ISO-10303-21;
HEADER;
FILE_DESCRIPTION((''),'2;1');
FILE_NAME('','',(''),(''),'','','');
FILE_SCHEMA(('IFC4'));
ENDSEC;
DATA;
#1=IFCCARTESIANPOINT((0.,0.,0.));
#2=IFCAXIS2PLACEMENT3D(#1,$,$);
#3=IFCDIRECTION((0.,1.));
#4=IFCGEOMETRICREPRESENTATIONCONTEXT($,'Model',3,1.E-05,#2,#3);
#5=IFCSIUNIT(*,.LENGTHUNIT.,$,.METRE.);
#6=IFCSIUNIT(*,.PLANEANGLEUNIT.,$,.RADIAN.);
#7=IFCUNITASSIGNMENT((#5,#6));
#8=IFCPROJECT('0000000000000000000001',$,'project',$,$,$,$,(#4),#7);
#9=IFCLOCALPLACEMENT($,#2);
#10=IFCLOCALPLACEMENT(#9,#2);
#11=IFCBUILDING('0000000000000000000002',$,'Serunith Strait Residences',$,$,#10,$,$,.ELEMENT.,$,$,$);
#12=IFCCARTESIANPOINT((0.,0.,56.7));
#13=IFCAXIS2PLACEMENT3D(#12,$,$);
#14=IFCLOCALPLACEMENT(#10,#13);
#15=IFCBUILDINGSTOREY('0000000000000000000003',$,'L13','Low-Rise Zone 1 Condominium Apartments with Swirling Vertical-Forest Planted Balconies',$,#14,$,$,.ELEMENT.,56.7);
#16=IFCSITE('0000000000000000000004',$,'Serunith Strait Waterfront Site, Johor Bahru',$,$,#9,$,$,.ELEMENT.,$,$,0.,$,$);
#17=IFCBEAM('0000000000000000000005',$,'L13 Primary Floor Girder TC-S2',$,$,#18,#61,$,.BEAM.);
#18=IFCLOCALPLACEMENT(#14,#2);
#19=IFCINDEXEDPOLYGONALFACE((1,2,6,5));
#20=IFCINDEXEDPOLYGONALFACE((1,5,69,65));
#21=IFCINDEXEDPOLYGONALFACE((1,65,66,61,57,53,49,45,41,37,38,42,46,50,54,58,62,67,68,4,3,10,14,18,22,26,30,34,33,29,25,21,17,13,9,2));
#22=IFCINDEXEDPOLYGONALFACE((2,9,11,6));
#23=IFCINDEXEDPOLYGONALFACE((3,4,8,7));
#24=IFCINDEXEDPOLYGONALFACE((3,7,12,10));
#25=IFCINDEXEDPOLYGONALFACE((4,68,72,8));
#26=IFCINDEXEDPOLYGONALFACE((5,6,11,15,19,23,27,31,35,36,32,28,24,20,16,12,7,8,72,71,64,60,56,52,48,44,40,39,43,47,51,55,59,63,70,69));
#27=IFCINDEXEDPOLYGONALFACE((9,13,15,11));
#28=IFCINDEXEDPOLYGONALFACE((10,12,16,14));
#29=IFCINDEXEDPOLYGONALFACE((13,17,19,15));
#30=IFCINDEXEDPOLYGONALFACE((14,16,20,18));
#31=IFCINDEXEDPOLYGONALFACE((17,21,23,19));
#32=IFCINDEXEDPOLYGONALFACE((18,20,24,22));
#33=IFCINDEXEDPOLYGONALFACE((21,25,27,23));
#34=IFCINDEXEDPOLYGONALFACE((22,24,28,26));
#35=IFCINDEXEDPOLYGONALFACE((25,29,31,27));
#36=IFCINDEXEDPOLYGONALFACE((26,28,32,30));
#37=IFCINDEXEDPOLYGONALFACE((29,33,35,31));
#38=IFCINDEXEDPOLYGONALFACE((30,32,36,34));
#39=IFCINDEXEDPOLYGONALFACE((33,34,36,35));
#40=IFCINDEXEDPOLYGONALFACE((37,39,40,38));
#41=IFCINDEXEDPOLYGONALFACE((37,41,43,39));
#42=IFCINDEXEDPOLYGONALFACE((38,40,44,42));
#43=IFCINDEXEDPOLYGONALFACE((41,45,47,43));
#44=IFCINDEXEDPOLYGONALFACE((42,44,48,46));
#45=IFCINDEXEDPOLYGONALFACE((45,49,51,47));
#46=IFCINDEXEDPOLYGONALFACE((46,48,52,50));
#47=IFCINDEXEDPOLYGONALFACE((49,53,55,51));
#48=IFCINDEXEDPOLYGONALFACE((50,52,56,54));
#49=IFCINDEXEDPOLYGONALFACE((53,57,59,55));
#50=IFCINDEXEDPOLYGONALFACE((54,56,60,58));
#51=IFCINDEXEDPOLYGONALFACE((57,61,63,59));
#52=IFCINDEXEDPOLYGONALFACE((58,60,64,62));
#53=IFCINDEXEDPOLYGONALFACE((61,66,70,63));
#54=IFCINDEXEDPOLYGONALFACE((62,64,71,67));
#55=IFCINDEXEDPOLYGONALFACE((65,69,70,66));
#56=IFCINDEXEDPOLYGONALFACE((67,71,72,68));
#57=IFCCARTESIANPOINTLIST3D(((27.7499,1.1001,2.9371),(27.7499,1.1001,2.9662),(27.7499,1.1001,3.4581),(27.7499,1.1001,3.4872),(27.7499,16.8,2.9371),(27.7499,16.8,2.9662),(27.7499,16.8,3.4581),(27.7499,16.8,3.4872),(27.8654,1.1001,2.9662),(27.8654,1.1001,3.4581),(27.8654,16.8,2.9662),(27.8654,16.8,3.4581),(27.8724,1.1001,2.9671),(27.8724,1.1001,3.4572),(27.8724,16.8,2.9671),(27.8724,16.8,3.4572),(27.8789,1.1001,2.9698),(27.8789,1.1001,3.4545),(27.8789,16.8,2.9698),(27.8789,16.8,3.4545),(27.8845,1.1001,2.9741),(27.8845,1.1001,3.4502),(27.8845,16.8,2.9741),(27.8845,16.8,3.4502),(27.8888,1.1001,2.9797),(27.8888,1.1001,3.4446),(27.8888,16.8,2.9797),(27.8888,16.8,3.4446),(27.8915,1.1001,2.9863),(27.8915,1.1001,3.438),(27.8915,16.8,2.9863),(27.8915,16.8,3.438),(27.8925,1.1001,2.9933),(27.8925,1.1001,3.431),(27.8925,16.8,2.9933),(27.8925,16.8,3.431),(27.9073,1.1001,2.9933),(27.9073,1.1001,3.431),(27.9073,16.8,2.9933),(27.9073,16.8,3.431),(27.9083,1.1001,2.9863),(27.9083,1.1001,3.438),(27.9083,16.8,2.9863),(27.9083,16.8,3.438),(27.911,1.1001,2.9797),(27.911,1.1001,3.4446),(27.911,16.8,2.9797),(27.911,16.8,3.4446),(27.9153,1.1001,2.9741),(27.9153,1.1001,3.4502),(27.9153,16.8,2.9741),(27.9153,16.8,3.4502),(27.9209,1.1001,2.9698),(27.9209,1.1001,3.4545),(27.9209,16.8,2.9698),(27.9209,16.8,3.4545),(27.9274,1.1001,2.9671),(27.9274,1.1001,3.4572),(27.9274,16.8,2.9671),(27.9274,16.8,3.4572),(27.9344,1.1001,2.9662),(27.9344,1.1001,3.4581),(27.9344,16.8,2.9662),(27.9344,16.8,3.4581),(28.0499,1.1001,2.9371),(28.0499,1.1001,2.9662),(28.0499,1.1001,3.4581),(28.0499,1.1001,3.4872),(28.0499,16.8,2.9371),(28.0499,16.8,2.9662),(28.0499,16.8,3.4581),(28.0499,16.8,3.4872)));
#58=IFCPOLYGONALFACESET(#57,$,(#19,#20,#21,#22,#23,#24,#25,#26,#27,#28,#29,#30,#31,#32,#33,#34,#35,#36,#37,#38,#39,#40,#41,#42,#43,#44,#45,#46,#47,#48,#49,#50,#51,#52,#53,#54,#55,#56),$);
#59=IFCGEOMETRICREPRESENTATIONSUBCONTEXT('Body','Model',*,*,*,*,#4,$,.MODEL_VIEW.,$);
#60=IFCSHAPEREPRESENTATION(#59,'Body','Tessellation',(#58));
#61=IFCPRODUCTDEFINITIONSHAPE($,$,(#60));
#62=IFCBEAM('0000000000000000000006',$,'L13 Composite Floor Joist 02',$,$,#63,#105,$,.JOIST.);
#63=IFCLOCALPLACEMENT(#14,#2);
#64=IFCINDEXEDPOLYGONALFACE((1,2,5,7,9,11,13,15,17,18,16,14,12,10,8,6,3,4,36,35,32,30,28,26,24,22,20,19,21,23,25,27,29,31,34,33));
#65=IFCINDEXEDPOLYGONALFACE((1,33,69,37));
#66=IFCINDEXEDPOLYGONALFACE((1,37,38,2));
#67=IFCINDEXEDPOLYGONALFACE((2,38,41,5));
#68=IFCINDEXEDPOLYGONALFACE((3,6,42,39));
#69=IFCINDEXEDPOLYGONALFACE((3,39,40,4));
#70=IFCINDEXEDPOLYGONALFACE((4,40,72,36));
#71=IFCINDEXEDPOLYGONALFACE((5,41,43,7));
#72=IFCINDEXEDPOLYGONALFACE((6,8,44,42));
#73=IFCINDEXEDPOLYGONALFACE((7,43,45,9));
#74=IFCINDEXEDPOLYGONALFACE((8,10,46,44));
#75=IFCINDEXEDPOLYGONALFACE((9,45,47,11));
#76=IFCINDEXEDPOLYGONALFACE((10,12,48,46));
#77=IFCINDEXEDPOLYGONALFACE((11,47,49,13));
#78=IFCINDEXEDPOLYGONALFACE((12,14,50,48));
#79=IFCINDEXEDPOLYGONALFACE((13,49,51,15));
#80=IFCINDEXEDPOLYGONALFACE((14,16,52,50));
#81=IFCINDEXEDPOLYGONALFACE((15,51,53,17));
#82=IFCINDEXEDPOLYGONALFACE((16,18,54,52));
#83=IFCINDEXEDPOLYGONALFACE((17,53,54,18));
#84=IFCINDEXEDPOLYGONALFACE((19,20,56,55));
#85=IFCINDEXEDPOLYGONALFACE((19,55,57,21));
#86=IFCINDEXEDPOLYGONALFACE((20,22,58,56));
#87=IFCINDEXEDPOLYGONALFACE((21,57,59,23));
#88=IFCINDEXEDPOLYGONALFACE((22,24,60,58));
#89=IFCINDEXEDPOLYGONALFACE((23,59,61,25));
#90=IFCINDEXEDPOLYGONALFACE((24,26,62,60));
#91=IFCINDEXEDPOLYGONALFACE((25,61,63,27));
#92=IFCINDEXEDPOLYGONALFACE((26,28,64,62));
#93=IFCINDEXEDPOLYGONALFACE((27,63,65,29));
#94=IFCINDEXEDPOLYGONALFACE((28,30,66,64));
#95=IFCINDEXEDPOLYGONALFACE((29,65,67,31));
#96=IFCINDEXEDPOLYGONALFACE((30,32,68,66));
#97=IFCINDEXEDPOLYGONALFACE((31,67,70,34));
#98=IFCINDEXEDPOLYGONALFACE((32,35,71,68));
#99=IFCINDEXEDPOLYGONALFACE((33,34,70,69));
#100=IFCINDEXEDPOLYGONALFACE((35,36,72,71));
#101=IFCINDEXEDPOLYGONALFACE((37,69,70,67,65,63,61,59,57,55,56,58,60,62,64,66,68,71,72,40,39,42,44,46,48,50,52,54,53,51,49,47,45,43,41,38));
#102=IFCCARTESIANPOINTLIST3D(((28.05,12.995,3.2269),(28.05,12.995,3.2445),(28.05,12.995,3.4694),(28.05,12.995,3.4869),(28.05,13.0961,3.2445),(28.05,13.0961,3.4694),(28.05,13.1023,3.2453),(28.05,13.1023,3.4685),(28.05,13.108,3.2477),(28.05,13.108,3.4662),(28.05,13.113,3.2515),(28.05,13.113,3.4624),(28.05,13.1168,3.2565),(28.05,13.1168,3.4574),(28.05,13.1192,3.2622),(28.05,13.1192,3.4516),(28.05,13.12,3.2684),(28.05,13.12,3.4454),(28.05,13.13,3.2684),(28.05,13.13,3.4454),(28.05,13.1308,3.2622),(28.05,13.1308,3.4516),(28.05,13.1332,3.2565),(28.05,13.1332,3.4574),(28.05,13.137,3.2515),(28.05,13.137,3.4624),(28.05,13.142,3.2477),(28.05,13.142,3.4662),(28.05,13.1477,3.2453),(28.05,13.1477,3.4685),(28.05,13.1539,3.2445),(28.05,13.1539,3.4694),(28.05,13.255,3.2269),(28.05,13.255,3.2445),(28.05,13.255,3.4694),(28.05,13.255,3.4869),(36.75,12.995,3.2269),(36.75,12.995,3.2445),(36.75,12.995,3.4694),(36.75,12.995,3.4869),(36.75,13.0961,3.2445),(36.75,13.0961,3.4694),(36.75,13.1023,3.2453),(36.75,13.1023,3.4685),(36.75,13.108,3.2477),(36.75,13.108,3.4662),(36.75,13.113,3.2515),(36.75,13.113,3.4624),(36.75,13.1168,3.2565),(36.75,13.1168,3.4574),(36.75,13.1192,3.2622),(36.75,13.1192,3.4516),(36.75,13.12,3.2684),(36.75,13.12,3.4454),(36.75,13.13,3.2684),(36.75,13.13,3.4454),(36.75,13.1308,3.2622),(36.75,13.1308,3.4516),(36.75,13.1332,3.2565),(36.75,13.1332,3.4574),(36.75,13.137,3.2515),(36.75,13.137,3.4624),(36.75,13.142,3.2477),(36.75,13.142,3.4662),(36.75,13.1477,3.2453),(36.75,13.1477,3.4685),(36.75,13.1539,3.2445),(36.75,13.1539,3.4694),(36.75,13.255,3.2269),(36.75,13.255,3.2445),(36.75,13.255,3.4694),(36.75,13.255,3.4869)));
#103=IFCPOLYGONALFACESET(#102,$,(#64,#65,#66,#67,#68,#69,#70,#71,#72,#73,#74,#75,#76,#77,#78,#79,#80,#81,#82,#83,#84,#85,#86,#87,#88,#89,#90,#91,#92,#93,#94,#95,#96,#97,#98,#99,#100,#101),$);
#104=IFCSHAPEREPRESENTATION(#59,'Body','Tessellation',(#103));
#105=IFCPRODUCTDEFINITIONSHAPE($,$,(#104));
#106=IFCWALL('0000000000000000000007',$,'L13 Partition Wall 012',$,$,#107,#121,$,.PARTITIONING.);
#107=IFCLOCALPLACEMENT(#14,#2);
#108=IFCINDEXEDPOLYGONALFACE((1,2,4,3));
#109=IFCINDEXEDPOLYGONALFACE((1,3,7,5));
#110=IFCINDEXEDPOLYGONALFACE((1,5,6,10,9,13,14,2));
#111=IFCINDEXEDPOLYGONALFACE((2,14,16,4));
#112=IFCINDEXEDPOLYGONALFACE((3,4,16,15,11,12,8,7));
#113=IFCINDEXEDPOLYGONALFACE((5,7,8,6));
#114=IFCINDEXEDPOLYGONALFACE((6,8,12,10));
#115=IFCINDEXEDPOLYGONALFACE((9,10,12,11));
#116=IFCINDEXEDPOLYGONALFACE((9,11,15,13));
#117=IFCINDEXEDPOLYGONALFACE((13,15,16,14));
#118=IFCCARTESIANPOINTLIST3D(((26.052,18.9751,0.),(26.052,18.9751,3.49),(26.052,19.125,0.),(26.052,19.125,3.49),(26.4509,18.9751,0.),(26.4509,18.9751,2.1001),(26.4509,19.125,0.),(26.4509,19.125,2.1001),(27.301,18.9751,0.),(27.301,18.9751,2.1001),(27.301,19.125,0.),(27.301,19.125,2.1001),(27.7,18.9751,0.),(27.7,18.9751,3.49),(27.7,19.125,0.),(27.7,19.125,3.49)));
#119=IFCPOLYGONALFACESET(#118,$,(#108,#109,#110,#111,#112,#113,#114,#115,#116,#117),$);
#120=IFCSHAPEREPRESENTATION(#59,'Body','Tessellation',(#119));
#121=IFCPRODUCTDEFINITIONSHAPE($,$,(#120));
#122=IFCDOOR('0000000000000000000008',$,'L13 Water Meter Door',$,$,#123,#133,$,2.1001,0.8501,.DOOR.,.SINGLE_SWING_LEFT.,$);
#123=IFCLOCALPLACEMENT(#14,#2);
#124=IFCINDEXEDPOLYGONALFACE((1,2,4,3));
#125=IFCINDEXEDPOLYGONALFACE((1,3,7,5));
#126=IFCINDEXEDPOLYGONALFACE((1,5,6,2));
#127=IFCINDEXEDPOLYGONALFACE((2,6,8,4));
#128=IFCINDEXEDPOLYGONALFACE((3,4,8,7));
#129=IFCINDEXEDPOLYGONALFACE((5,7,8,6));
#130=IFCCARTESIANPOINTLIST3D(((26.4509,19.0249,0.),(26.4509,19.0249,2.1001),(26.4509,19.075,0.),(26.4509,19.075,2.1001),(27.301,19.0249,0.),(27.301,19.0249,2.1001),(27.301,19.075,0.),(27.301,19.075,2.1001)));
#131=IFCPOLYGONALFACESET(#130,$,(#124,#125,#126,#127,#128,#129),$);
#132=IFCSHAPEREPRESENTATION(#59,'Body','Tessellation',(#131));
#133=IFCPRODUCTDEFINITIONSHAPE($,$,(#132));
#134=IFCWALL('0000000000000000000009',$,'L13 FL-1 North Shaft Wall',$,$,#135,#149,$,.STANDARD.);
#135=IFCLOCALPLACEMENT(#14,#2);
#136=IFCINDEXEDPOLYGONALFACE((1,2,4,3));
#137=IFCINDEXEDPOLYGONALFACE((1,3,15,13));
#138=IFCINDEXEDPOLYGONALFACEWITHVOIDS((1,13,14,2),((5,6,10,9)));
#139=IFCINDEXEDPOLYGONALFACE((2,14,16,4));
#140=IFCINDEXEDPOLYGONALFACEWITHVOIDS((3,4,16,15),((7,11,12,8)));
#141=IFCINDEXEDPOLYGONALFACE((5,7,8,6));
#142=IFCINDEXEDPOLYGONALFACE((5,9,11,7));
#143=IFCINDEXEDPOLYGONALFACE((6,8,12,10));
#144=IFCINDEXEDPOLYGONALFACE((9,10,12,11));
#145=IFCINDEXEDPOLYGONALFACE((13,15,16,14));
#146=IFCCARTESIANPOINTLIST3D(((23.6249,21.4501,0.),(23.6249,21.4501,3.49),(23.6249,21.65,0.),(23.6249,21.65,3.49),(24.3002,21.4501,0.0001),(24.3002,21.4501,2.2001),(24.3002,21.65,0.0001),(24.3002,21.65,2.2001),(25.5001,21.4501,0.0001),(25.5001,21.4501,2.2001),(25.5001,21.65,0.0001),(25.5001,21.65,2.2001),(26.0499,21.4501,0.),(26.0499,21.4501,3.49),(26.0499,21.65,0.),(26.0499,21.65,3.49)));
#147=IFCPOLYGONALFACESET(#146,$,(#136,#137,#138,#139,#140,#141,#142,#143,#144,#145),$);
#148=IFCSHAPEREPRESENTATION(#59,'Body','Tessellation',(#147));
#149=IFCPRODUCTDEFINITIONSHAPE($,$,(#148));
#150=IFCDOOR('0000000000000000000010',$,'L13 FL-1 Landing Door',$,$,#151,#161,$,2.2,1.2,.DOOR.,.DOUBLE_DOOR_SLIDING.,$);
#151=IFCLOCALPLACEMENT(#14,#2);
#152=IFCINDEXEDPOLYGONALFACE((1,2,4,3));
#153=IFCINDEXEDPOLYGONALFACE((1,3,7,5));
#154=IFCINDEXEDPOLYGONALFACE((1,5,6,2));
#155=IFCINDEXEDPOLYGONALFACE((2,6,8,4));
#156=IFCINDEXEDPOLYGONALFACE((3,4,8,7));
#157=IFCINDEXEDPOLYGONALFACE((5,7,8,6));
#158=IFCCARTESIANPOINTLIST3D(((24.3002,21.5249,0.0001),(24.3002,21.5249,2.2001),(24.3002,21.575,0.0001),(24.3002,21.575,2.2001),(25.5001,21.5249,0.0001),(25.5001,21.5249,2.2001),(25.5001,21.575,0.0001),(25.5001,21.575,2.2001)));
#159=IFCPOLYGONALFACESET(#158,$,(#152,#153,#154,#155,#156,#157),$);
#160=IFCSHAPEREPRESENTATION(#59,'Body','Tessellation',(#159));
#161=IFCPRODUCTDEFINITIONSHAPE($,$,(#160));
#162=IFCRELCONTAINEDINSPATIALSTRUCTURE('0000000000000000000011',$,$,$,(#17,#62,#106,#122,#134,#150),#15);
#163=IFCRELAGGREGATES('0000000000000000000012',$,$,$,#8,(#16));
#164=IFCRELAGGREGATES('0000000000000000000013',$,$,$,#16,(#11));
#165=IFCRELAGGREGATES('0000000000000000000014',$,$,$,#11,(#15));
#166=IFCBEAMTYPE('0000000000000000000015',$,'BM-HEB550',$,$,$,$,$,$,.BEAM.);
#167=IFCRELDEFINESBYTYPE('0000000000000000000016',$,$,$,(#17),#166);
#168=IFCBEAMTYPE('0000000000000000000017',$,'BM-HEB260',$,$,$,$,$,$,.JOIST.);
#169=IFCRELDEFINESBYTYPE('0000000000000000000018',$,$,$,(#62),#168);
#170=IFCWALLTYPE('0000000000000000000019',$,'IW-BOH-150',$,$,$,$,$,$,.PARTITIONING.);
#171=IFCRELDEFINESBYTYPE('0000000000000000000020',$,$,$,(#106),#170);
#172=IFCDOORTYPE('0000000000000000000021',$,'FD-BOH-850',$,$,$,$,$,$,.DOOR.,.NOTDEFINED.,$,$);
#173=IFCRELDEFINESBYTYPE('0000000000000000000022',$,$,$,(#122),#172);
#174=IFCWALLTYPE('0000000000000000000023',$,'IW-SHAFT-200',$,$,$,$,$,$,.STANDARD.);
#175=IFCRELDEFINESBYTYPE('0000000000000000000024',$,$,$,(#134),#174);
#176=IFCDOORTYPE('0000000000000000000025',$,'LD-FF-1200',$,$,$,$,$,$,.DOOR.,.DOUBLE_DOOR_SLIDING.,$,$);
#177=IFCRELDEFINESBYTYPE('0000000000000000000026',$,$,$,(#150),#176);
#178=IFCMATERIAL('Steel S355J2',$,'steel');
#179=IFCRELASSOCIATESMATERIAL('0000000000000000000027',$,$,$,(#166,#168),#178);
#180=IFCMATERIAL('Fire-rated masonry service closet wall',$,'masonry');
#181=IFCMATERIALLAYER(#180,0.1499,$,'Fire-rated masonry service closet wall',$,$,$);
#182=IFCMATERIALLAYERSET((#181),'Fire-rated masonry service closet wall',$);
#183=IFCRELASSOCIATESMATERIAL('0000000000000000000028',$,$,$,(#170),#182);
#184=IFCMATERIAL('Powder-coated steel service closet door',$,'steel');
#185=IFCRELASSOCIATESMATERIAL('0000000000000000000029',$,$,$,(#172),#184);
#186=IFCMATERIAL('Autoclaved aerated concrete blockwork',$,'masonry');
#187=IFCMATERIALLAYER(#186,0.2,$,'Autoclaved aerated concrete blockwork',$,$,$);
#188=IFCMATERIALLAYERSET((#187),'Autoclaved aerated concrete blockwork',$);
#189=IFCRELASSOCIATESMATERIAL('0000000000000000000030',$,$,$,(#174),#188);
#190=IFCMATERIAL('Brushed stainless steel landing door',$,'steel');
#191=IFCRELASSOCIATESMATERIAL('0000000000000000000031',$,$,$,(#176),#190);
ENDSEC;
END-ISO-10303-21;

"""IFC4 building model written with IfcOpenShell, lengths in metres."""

from ifc_helpers import new_model, si_unit, direction, frame, frame_2d, origin, origin_2d, place, context, subcontext, project, spatial, rectangle, i_section, extrude, source, transform, mapped, material, layer, layer_set, material_profile, profile_set, type_object, element, fill, save


model = new_model("IFC4")

# Units and contexts
model_context = context("Model", 3, precision=1e-05, world=origin(), true_north=direction((0.0, 1.0)))
body_context = subcontext(model_context, "Body", "Model", "MODEL_VIEW")
ifc_project = project(units=[si_unit("LENGTHUNIT", "METRE"), si_unit("PLANEANGLEUNIT", "RADIAN")], contexts=[model_context])

# Site, building, storey
site_placement = place(None, origin())
site = spatial("IfcSite", under=ifc_project, at=site_placement, Name="Serunith Strait Waterfront Site, Johor Bahru", CompositionType="ELEMENT", RefElevation=0.0)
building_placement = place(site_placement, origin())
building = spatial("IfcBuilding", under=site, at=building_placement, Name="Serunith Strait Residences", CompositionType="ELEMENT")
storey_placement = place(building_placement, frame((0.0, 0.0, 56.7)))
storey = spatial("IfcBuildingStorey", under=building, at=storey_placement, Name="L13", Description="Low-Rise Zone 1 Condominium Apartments with Swirling Vertical-Forest Planted Balconies", CompositionType="ELEMENT", Elevation=56.7)

# Beams
ifc_material_1 = material(Name="Steel S355J2", Category="steel")
ifc_material_profile_1 = material_profile(ifc_material_1, i_section(OverallWidth=0.3, OverallDepth=0.55, WebThickness=0.0149, FlangeThickness=0.0291, FilletRadius=0.0271, at=origin_2d()), Name="HEB 550")
ifc_profile_set_1 = profile_set([ifc_material_profile_1], Name="Steel S355J2")
beam_type_1 = type_object("IfcBeamType", Name="BM-HEB550", PredefinedType="BEAM", material=ifc_profile_set_1)
shared_shape_1 = source(origin(), body_context, "Body", "SweptSolid", [
    extrude(i_section(OverallWidth=0.3, OverallDepth=0.55, WebThickness=0.0149, FlangeThickness=0.0291, FilletRadius=0.0271, at=origin_2d()), origin(), (0.0, 0.0, 1.0), 15.7),
])
beam_1_placement = place(storey_placement, frame((27.8999, 16.8, 3.2122), z_axis=(0.0, -1.0, 0.0), x_axis=(1.0, 0.0, 0.0)))
element("IfcBeam", 1, at=beam_1_placement, inside=storey, type_object=beam_type_1, Name="L13 Primary Floor Girder TC-S2", PredefinedType="BEAM", context=body_context, shape_type="MappedRepresentation", body=[
    mapped(shared_shape_1, transform((0.0, 0.0, 0.0), scale=1.0)),
])
ifc_material_profile_2 = material_profile(ifc_material_1, i_section(OverallWidth=0.26, OverallDepth=0.26, WebThickness=0.01, FlangeThickness=0.0176, FilletRadius=0.0239, at=origin_2d()), Name="HEB 260")
ifc_profile_set_2 = profile_set([ifc_material_profile_2], Name="Steel S355J2")
beam_type_2 = type_object("IfcBeamType", Name="BM-HEB260", PredefinedType="JOIST", material=ifc_profile_set_2)
shared_shape_2 = source(origin(), body_context, "Body", "SweptSolid", [
    extrude(i_section(OverallWidth=0.26, OverallDepth=0.26, WebThickness=0.01, FlangeThickness=0.0176, FilletRadius=0.0239, at=origin_2d()), origin(), (0.0, 0.0, 1.0), 8.7),
])
beam_2_placement = place(storey_placement, frame((28.05, 13.125, 3.3569), z_axis=(1.0, 0.0, 0.0), x_axis=(0.0, 1.0, 0.0)))
element("IfcBeam", 2, at=beam_2_placement, inside=storey, type_object=beam_type_2, Name="L13 Composite Floor Joist 02", PredefinedType="JOIST", context=body_context, shape_type="MappedRepresentation", body=[
    mapped(shared_shape_2, transform((0.0, 0.0, 0.0), scale=1.0)),
])

# Walls, openings, doors
ifc_material_2 = material(Name="Fire-rated masonry service closet wall", Category="masonry")
ifc_layer_1 = layer(ifc_material_2, 0.1499, Name="Fire-rated masonry service closet wall")
ifc_layer_set_1 = layer_set([ifc_layer_1], Name="Fire-rated masonry service closet wall")
wall_type_1 = type_object("IfcWallType", Name="IW-BOH-150", PredefinedType="PARTITIONING", material=ifc_layer_set_1)
wall_1_placement = place(storey_placement, frame((26.052, 19.05, 0.0), z_axis=(0.0, 0.0, 1.0), x_axis=(1.0, 0.0, 0.0)))
wall_1 = element("IfcWall", 3, at=wall_1_placement, inside=storey, type_object=wall_type_1, Name="L13 Partition Wall 012", PredefinedType="PARTITIONING", context=body_context, shape_type="SweptSolid", body=[
    extrude(rectangle(XDim=1.6479, YDim=0.1499, at=frame_2d((0.824, 0.0))), origin(), (0.0, 0.0, 1.0), 3.49),
])
opening_1_placement = place(wall_1_placement, frame((0.3989, 0.0, 0.0)))
opening_1 = element("IfcOpeningElement", 4, at=opening_1_placement, cuts=wall_1, PredefinedType="OPENING", context=body_context, shape_type="SweptSolid", body=[
    extrude(rectangle(XDim=0.8501, YDim=2.1001, at=frame_2d((0.425, 1.05))), frame((0.0, 0.085, 0.0), z_axis=(0.0, -1.0, 0.0), x_axis=(1.0, 0.0, 0.0)), (0.0, 0.0, 1.0), 0.1699),
])
ifc_material_3 = material(Name="Powder-coated steel service closet door", Category="steel")
door_type_1 = type_object("IfcDoorType", Name="FD-BOH-850", OperationType="NOTDEFINED", PredefinedType="DOOR", material=ifc_material_3)
shared_shape_3 = source(origin(), body_context, "Body", "SweptSolid", [
    extrude(rectangle(XDim=0.8501, YDim=2.1001, at=frame_2d((0.425, 1.05))), frame((0.0, 0.0249, 0.0), z_axis=(0.0, -1.0, 0.0), x_axis=(1.0, 0.0, 0.0)), (0.0, 0.0, 1.0), 0.05),
])
door_1_placement = place(opening_1_placement, origin())
door_1 = element("IfcDoor", 5, at=door_1_placement, inside=storey, type_object=door_type_1, Name="L13 Water Meter Door", OperationType="SINGLE_SWING_LEFT", OverallHeight=2.1001, OverallWidth=0.8501, PredefinedType="DOOR", context=body_context, shape_type="MappedRepresentation", body=[
    mapped(shared_shape_3, transform((0.0, 0.0, 0.0), scale=1.0)),
])
fill(opening_1, door_1)
ifc_material_4 = material(Name="Autoclaved aerated concrete blockwork", Category="masonry")
ifc_layer_2 = layer(ifc_material_4, 0.2, Name="Autoclaved aerated concrete blockwork")
ifc_layer_set_2 = layer_set([ifc_layer_2], Name="Autoclaved aerated concrete blockwork")
wall_type_2 = type_object("IfcWallType", Name="IW-SHAFT-200", PredefinedType="STANDARD", material=ifc_layer_set_2)
wall_2_placement = place(storey_placement, frame((23.625, 21.55, 0.0), z_axis=(0.0, 0.0, 1.0), x_axis=(1.0, 0.0, 0.0)))
wall_2 = element("IfcWall", 6, at=wall_2_placement, inside=storey, type_object=wall_type_2, Name="L13 FL-1 North Shaft Wall", PredefinedType="STANDARD", context=body_context, shape_type="SweptSolid", body=[
    extrude(rectangle(XDim=2.425, YDim=0.2, at=frame_2d((1.2124, 0.0))), origin(), (0.0, 0.0, 1.0), 3.49),
])
opening_2_placement = place(wall_2_placement, frame((0.675, 0.0, 0.0)))
opening_2 = element("IfcOpeningElement", 7, at=opening_2_placement, cuts=wall_2, PredefinedType="OPENING", context=body_context, shape_type="SweptSolid", body=[
    extrude(rectangle(XDim=1.2, YDim=2.2, at=frame_2d((0.6001, 1.1001))), frame((0.0, 0.1099, 0.0), z_axis=(0.0, -1.0, 0.0), x_axis=(1.0, 0.0, 0.0)), (0.0, 0.0, 1.0), 0.22),
])
ifc_material_5 = material(Name="Brushed stainless steel landing door", Category="steel")
door_type_2 = type_object("IfcDoorType", Name="LD-FF-1200", OperationType="DOUBLE_DOOR_SLIDING", PredefinedType="DOOR", material=ifc_material_5)
shared_shape_4 = source(origin(), body_context, "Body", "SweptSolid", [
    extrude(rectangle(XDim=1.2, YDim=2.2, at=frame_2d((0.6001, 1.1001))), frame((0.0, 0.0249, 0.0), z_axis=(0.0, -1.0, 0.0), x_axis=(1.0, 0.0, 0.0)), (0.0, 0.0, 1.0), 0.05),
])
door_2_placement = place(opening_2_placement, origin())
door_2 = element("IfcDoor", 8, at=door_2_placement, inside=storey, type_object=door_type_2, Name="L13 FL-1 Landing Door", OperationType="DOUBLE_DOOR_SLIDING", OverallHeight=2.2, OverallWidth=1.2, PredefinedType="DOOR", context=body_context, shape_type="MappedRepresentation", body=[
    mapped(shared_shape_4, transform((0.0, 0.0, 0.0), scale=1.0)),
])
fill(opening_2, door_2)

save(model, "model.ifc")
